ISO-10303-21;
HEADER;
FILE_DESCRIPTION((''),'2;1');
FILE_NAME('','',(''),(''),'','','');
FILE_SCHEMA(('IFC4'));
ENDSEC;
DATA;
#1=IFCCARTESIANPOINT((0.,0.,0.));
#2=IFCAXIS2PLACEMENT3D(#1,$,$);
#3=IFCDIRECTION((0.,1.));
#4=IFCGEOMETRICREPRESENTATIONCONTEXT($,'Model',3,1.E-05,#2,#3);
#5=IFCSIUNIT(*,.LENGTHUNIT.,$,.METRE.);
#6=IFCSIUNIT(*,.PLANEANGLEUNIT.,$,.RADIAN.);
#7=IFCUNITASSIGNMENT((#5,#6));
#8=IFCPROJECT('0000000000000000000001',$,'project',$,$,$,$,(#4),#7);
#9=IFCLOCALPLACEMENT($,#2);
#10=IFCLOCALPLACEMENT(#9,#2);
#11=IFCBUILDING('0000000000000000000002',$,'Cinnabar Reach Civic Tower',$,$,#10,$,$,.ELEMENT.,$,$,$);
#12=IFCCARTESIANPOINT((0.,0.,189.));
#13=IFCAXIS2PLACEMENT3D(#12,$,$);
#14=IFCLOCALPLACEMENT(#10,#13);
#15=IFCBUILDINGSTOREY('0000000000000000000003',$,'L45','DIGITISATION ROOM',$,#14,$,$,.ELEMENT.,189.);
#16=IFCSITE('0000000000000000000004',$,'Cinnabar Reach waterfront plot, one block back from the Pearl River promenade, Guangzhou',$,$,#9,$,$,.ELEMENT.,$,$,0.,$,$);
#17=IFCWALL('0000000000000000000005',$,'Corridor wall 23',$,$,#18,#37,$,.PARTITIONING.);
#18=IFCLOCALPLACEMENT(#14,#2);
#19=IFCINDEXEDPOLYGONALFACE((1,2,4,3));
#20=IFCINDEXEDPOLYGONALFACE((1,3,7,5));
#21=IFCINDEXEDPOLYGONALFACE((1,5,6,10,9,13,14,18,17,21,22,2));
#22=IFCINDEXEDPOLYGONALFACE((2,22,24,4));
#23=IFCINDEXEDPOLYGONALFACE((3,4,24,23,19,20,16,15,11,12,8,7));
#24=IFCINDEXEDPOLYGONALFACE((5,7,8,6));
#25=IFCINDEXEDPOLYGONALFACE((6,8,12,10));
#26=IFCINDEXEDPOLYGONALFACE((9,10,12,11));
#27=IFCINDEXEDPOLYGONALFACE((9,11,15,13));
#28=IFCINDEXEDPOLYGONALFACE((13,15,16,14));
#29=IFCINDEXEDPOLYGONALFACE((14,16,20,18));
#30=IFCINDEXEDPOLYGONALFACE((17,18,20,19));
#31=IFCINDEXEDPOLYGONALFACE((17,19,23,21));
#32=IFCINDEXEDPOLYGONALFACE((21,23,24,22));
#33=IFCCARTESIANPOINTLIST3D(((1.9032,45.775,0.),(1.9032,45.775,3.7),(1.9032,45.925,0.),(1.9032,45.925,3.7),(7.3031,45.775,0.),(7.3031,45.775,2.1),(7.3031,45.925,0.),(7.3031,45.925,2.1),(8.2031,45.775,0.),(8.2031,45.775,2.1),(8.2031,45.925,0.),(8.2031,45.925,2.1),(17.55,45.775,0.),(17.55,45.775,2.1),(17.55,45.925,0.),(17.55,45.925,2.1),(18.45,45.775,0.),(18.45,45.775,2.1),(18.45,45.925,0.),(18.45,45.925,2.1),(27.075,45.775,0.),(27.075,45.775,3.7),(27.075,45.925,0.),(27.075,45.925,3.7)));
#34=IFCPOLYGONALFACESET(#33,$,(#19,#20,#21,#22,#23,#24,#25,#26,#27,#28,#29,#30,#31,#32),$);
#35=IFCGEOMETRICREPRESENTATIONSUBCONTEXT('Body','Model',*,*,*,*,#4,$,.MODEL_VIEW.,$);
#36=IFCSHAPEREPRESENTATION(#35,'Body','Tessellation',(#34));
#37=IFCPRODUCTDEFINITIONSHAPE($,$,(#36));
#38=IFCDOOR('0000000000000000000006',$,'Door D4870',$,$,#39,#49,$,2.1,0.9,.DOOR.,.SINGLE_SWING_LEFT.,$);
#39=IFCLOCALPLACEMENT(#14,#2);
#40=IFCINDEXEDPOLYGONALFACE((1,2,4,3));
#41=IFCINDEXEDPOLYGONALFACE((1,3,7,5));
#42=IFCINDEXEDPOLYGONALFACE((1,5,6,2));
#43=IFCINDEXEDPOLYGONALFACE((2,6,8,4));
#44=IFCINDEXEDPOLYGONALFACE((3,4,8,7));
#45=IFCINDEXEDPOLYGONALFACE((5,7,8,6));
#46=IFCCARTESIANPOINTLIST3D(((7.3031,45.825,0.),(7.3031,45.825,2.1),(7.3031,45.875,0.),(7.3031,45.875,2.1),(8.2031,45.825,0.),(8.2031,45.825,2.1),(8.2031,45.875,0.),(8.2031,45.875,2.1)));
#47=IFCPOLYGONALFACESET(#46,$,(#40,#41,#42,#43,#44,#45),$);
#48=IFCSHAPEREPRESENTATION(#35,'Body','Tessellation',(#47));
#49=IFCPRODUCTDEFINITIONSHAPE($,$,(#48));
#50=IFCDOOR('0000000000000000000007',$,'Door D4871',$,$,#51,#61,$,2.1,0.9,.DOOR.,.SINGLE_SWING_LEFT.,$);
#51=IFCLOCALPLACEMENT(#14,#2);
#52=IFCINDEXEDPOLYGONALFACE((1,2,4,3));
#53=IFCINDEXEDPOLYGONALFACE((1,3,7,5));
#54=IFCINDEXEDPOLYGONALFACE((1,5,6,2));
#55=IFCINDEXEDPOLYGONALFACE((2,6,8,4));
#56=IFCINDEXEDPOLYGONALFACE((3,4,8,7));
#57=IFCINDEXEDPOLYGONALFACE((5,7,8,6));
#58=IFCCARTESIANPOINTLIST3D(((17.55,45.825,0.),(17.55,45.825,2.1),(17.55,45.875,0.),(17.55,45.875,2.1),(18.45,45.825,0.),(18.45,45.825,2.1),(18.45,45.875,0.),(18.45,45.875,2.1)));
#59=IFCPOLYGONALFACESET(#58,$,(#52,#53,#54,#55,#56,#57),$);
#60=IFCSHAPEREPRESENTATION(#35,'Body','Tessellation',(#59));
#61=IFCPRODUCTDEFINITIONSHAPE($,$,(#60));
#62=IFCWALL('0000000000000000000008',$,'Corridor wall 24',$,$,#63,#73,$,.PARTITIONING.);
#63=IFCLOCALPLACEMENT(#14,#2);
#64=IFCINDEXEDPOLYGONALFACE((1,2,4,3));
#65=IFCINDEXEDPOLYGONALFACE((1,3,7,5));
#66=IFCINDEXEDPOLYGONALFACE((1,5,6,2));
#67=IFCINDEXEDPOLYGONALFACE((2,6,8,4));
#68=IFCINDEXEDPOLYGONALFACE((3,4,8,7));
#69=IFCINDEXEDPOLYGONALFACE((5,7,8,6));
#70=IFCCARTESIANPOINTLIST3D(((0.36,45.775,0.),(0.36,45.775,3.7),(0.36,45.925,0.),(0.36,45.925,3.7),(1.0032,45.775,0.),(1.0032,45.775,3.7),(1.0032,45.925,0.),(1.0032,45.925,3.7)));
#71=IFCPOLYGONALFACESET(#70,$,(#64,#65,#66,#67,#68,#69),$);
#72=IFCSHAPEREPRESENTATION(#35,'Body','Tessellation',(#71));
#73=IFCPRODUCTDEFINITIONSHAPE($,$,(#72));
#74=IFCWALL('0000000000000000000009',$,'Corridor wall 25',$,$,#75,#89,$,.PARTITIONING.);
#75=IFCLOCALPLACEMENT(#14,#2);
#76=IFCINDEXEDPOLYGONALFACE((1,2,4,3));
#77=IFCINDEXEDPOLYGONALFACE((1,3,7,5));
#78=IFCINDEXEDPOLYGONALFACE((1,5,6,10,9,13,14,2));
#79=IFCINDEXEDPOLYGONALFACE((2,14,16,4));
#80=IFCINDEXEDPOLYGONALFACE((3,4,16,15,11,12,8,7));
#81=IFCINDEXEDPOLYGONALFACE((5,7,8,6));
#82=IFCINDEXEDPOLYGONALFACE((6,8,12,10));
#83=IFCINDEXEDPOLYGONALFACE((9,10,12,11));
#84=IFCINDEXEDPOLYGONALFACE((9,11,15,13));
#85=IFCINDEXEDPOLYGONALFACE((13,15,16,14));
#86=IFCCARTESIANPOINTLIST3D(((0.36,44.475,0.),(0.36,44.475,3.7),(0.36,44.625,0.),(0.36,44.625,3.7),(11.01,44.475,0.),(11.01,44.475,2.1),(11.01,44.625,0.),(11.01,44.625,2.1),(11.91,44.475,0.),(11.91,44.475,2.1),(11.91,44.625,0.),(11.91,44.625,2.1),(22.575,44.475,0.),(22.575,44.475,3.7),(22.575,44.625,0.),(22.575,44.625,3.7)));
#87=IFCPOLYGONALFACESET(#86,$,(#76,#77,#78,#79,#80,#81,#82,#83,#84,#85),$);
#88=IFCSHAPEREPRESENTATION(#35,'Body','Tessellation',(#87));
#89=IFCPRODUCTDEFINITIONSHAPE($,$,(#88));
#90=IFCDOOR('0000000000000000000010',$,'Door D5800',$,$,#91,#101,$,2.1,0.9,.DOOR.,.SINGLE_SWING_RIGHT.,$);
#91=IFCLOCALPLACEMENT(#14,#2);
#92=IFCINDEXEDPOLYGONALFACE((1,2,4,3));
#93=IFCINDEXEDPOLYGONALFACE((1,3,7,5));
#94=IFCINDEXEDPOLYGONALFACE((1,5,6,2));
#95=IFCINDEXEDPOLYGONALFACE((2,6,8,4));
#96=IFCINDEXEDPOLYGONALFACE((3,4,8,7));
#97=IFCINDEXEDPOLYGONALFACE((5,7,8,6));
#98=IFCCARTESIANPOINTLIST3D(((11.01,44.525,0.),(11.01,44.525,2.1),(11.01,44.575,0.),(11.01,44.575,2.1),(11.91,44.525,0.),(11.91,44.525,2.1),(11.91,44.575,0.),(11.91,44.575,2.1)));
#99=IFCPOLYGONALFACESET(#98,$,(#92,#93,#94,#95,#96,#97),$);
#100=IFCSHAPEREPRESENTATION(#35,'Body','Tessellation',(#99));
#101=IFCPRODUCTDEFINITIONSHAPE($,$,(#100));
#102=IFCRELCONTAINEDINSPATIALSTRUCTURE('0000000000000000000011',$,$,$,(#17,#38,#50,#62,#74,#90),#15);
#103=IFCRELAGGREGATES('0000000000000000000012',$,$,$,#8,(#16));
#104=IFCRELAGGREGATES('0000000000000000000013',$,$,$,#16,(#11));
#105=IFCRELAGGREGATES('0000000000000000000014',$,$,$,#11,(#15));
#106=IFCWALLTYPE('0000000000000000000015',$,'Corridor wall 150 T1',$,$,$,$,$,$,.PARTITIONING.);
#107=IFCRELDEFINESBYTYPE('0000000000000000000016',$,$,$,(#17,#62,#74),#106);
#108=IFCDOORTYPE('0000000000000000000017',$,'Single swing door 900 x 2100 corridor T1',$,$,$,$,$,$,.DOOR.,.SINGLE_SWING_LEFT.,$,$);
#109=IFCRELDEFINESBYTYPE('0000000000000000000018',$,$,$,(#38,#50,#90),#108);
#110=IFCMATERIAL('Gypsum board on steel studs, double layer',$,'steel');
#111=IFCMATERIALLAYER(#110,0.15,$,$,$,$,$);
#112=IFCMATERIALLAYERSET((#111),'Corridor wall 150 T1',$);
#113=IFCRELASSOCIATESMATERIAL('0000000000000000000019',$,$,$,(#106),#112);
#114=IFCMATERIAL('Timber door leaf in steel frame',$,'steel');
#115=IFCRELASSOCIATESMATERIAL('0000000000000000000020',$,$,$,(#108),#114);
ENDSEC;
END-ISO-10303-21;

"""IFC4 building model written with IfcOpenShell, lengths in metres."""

from ifc_helpers import new_model, si_unit, direction, frame, frame_2d, origin, place, context, subcontext, project, spatial, rectangle, extrude, material, layer, layer_set, type_object, element, fill, save


model = new_model("IFC4")

# Units and contexts
model_context = context("Model", 3, precision=1e-05, world=origin(), true_north=direction((0.0, 1.0)))
body_context = subcontext(model_context, "Body", "Model", "MODEL_VIEW")
ifc_project = project(units=[si_unit("LENGTHUNIT", "METRE"), si_unit("PLANEANGLEUNIT", "RADIAN")], contexts=[model_context])

# Site, building, storey
site_placement = place(None, origin())
site = spatial("IfcSite", under=ifc_project, at=site_placement, Name="Cinnabar Reach waterfront plot, one block back from the Pearl River promenade, Guangzhou", CompositionType="ELEMENT", RefElevation=0.0)
building_placement = place(site_placement, origin())
building = spatial("IfcBuilding", under=site, at=building_placement, Name="Cinnabar Reach Civic Tower", CompositionType="ELEMENT")
storey_placement = place(building_placement, frame((0.0, 0.0, 189.0)))
storey = spatial("IfcBuildingStorey", under=building, at=storey_placement, Name="L45", Description="DIGITISATION ROOM", CompositionType="ELEMENT", Elevation=189.0)

# Wall, openings, doors
ifc_material_1 = material(Name="Gypsum board on steel studs, double layer", Category="steel")
ifc_layer_1 = layer(ifc_material_1, 0.15)
ifc_layer_set_1 = layer_set([ifc_layer_1], Name="Corridor wall 150 T1")
wall_type_1 = type_object("IfcWallType", Name="Corridor wall 150 T1", PredefinedType="PARTITIONING", material=ifc_layer_set_1)
wall_1_placement = place(storey_placement, frame((1.9031, 45.85, 0.0), z_axis=(0.0, 0.0, 1.0), x_axis=(1.0, 0.0, 0.0)))
wall_1 = element("IfcWall", 1, at=wall_1_placement, inside=storey, type_object=wall_type_1, Name="Corridor wall 23", PredefinedType="PARTITIONING", context=body_context, shape_type="SweptSolid", body=[
    extrude(rectangle(XDim=25.1719, YDim=0.15, at=frame_2d((12.586, 0.0))), origin(), (0.0, 0.0, 1.0), 3.7),
])
opening_1_placement = place(wall_1_placement, frame((5.4, 0.0, 0.0)))
opening_1 = element("IfcOpeningElement", 2, at=opening_1_placement, cuts=wall_1, PredefinedType="OPENING", context=body_context, shape_type="SweptSolid", body=[
    extrude(rectangle(XDim=0.9, YDim=2.1, at=frame_2d((0.45, 1.05))), frame((0.0, 0.085, 0.0), z_axis=(0.0, -1.0, 0.0), x_axis=(1.0, 0.0, 0.0)), (0.0, 0.0, 1.0), 0.17),
])
opening_2_placement = place(wall_1_placement, frame((15.6469, 0.0, 0.0)))
opening_2 = element("IfcOpeningElement", 3, at=opening_2_placement, cuts=wall_1, PredefinedType="OPENING", context=body_context, shape_type="SweptSolid", body=[
    extrude(rectangle(XDim=0.9, YDim=2.1, at=frame_2d((0.45, 1.05))), frame((0.0, 0.085, 0.0), z_axis=(0.0, -1.0, 0.0), x_axis=(1.0, 0.0, 0.0)), (0.0, 0.0, 1.0), 0.17),
])
ifc_material_2 = material(Name="Timber door leaf in steel frame", Category="steel")
door_type = type_object("IfcDoorType", Name="Single swing door 900 x 2100 corridor T1", OperationType="SINGLE_SWING_LEFT", PredefinedType="DOOR", material=ifc_material_2)
door_1_placement = place(opening_1_placement, origin())
door_1 = element("IfcDoor", 4, at=door_1_placement, inside=storey, type_object=door_type, Name="Door D4870", OperationType="SINGLE_SWING_LEFT", OverallHeight=2.1, OverallWidth=0.9, PredefinedType="DOOR", context=body_context, shape_type="SweptSolid", body=[
    extrude(rectangle(XDim=0.9, YDim=2.1, at=frame_2d((0.45, 1.05))), frame((0.0, 0.025, 0.0), z_axis=(0.0, -1.0, 0.0), x_axis=(1.0, 0.0, 0.0)), (0.0, 0.0, 1.0), 0.05),
])
fill(opening_1, door_1)
door_2_placement = place(opening_2_placement, origin())
door_2 = element("IfcDoor", 5, at=door_2_placement, inside=storey, type_object=door_type, Name="Door D4871", OperationType="SINGLE_SWING_LEFT", OverallHeight=2.1, OverallWidth=0.9, PredefinedType="DOOR", context=body_context, shape_type="SweptSolid", body=[
    extrude(rectangle(XDim=0.9, YDim=2.1, at=frame_2d((0.45, 1.05))), frame((0.0, 0.025, 0.0), z_axis=(0.0, -1.0, 0.0), x_axis=(1.0, 0.0, 0.0)), (0.0, 0.0, 1.0), 0.05),
])
fill(opening_2, door_2)

# Wall
wall_2_placement = place(storey_placement, frame((0.36, 45.85, 0.0), z_axis=(0.0, 0.0, 1.0), x_axis=(1.0, 0.0, 0.0)))
element("IfcWall", 6, at=wall_2_placement, inside=storey, type_object=wall_type_1, Name="Corridor wall 24", PredefinedType="PARTITIONING", context=body_context, shape_type="SweptSolid", body=[
    extrude(rectangle(XDim=0.6431, YDim=0.15, at=frame_2d((0.3216, 0.0))), origin(), (0.0, 0.0, 1.0), 3.7),
])

# Wall, opening, door
wall_3_placement = place(storey_placement, frame((0.36, 44.55, 0.0), z_axis=(0.0, 0.0, 1.0), x_axis=(1.0, 0.0, 0.0)))
wall_3 = element("IfcWall", 7, at=wall_3_placement, inside=storey, type_object=wall_type_1, Name="Corridor wall 25", PredefinedType="PARTITIONING", context=body_context, shape_type="SweptSolid", body=[
    extrude(rectangle(XDim=22.215, YDim=0.15, at=frame_2d((11.1075, 0.0))), origin(), (0.0, 0.0, 1.0), 3.7),
])
opening_3_placement = place(wall_3_placement, frame((10.65, 0.0, 0.0)))
opening_3 = element("IfcOpeningElement", 8, at=opening_3_placement, cuts=wall_3, PredefinedType="OPENING", context=body_context, shape_type="SweptSolid", body=[
    extrude(rectangle(XDim=0.9, YDim=2.1, at=frame_2d((0.45, 1.05))), frame((0.0, 0.085, 0.0), z_axis=(0.0, -1.0, 0.0), x_axis=(1.0, 0.0, 0.0)), (0.0, 0.0, 1.0), 0.17),
])
door_3_placement = place(opening_3_placement, frame((0.9, 0.0, 0.0), z_axis=(0.0, 0.0, 1.0), x_axis=(-1.0, 0.0, 0.0)))
door_3 = element("IfcDoor", 9, at=door_3_placement, inside=storey, type_object=door_type, Name="Door D5800", OperationType="SINGLE_SWING_RIGHT", OverallHeight=2.1, OverallWidth=0.9, PredefinedType="DOOR", context=body_context, shape_type="SweptSolid", body=[
    extrude(rectangle(XDim=0.9, YDim=2.1, at=frame_2d((0.45, 1.05))), frame((0.0, 0.025, 0.0), z_axis=(0.0, -1.0, 0.0), x_axis=(1.0, 0.0, 0.0)), (0.0, 0.0, 1.0), 0.05),
])
fill(opening_3, door_3)

save(model, "model.ifc")
